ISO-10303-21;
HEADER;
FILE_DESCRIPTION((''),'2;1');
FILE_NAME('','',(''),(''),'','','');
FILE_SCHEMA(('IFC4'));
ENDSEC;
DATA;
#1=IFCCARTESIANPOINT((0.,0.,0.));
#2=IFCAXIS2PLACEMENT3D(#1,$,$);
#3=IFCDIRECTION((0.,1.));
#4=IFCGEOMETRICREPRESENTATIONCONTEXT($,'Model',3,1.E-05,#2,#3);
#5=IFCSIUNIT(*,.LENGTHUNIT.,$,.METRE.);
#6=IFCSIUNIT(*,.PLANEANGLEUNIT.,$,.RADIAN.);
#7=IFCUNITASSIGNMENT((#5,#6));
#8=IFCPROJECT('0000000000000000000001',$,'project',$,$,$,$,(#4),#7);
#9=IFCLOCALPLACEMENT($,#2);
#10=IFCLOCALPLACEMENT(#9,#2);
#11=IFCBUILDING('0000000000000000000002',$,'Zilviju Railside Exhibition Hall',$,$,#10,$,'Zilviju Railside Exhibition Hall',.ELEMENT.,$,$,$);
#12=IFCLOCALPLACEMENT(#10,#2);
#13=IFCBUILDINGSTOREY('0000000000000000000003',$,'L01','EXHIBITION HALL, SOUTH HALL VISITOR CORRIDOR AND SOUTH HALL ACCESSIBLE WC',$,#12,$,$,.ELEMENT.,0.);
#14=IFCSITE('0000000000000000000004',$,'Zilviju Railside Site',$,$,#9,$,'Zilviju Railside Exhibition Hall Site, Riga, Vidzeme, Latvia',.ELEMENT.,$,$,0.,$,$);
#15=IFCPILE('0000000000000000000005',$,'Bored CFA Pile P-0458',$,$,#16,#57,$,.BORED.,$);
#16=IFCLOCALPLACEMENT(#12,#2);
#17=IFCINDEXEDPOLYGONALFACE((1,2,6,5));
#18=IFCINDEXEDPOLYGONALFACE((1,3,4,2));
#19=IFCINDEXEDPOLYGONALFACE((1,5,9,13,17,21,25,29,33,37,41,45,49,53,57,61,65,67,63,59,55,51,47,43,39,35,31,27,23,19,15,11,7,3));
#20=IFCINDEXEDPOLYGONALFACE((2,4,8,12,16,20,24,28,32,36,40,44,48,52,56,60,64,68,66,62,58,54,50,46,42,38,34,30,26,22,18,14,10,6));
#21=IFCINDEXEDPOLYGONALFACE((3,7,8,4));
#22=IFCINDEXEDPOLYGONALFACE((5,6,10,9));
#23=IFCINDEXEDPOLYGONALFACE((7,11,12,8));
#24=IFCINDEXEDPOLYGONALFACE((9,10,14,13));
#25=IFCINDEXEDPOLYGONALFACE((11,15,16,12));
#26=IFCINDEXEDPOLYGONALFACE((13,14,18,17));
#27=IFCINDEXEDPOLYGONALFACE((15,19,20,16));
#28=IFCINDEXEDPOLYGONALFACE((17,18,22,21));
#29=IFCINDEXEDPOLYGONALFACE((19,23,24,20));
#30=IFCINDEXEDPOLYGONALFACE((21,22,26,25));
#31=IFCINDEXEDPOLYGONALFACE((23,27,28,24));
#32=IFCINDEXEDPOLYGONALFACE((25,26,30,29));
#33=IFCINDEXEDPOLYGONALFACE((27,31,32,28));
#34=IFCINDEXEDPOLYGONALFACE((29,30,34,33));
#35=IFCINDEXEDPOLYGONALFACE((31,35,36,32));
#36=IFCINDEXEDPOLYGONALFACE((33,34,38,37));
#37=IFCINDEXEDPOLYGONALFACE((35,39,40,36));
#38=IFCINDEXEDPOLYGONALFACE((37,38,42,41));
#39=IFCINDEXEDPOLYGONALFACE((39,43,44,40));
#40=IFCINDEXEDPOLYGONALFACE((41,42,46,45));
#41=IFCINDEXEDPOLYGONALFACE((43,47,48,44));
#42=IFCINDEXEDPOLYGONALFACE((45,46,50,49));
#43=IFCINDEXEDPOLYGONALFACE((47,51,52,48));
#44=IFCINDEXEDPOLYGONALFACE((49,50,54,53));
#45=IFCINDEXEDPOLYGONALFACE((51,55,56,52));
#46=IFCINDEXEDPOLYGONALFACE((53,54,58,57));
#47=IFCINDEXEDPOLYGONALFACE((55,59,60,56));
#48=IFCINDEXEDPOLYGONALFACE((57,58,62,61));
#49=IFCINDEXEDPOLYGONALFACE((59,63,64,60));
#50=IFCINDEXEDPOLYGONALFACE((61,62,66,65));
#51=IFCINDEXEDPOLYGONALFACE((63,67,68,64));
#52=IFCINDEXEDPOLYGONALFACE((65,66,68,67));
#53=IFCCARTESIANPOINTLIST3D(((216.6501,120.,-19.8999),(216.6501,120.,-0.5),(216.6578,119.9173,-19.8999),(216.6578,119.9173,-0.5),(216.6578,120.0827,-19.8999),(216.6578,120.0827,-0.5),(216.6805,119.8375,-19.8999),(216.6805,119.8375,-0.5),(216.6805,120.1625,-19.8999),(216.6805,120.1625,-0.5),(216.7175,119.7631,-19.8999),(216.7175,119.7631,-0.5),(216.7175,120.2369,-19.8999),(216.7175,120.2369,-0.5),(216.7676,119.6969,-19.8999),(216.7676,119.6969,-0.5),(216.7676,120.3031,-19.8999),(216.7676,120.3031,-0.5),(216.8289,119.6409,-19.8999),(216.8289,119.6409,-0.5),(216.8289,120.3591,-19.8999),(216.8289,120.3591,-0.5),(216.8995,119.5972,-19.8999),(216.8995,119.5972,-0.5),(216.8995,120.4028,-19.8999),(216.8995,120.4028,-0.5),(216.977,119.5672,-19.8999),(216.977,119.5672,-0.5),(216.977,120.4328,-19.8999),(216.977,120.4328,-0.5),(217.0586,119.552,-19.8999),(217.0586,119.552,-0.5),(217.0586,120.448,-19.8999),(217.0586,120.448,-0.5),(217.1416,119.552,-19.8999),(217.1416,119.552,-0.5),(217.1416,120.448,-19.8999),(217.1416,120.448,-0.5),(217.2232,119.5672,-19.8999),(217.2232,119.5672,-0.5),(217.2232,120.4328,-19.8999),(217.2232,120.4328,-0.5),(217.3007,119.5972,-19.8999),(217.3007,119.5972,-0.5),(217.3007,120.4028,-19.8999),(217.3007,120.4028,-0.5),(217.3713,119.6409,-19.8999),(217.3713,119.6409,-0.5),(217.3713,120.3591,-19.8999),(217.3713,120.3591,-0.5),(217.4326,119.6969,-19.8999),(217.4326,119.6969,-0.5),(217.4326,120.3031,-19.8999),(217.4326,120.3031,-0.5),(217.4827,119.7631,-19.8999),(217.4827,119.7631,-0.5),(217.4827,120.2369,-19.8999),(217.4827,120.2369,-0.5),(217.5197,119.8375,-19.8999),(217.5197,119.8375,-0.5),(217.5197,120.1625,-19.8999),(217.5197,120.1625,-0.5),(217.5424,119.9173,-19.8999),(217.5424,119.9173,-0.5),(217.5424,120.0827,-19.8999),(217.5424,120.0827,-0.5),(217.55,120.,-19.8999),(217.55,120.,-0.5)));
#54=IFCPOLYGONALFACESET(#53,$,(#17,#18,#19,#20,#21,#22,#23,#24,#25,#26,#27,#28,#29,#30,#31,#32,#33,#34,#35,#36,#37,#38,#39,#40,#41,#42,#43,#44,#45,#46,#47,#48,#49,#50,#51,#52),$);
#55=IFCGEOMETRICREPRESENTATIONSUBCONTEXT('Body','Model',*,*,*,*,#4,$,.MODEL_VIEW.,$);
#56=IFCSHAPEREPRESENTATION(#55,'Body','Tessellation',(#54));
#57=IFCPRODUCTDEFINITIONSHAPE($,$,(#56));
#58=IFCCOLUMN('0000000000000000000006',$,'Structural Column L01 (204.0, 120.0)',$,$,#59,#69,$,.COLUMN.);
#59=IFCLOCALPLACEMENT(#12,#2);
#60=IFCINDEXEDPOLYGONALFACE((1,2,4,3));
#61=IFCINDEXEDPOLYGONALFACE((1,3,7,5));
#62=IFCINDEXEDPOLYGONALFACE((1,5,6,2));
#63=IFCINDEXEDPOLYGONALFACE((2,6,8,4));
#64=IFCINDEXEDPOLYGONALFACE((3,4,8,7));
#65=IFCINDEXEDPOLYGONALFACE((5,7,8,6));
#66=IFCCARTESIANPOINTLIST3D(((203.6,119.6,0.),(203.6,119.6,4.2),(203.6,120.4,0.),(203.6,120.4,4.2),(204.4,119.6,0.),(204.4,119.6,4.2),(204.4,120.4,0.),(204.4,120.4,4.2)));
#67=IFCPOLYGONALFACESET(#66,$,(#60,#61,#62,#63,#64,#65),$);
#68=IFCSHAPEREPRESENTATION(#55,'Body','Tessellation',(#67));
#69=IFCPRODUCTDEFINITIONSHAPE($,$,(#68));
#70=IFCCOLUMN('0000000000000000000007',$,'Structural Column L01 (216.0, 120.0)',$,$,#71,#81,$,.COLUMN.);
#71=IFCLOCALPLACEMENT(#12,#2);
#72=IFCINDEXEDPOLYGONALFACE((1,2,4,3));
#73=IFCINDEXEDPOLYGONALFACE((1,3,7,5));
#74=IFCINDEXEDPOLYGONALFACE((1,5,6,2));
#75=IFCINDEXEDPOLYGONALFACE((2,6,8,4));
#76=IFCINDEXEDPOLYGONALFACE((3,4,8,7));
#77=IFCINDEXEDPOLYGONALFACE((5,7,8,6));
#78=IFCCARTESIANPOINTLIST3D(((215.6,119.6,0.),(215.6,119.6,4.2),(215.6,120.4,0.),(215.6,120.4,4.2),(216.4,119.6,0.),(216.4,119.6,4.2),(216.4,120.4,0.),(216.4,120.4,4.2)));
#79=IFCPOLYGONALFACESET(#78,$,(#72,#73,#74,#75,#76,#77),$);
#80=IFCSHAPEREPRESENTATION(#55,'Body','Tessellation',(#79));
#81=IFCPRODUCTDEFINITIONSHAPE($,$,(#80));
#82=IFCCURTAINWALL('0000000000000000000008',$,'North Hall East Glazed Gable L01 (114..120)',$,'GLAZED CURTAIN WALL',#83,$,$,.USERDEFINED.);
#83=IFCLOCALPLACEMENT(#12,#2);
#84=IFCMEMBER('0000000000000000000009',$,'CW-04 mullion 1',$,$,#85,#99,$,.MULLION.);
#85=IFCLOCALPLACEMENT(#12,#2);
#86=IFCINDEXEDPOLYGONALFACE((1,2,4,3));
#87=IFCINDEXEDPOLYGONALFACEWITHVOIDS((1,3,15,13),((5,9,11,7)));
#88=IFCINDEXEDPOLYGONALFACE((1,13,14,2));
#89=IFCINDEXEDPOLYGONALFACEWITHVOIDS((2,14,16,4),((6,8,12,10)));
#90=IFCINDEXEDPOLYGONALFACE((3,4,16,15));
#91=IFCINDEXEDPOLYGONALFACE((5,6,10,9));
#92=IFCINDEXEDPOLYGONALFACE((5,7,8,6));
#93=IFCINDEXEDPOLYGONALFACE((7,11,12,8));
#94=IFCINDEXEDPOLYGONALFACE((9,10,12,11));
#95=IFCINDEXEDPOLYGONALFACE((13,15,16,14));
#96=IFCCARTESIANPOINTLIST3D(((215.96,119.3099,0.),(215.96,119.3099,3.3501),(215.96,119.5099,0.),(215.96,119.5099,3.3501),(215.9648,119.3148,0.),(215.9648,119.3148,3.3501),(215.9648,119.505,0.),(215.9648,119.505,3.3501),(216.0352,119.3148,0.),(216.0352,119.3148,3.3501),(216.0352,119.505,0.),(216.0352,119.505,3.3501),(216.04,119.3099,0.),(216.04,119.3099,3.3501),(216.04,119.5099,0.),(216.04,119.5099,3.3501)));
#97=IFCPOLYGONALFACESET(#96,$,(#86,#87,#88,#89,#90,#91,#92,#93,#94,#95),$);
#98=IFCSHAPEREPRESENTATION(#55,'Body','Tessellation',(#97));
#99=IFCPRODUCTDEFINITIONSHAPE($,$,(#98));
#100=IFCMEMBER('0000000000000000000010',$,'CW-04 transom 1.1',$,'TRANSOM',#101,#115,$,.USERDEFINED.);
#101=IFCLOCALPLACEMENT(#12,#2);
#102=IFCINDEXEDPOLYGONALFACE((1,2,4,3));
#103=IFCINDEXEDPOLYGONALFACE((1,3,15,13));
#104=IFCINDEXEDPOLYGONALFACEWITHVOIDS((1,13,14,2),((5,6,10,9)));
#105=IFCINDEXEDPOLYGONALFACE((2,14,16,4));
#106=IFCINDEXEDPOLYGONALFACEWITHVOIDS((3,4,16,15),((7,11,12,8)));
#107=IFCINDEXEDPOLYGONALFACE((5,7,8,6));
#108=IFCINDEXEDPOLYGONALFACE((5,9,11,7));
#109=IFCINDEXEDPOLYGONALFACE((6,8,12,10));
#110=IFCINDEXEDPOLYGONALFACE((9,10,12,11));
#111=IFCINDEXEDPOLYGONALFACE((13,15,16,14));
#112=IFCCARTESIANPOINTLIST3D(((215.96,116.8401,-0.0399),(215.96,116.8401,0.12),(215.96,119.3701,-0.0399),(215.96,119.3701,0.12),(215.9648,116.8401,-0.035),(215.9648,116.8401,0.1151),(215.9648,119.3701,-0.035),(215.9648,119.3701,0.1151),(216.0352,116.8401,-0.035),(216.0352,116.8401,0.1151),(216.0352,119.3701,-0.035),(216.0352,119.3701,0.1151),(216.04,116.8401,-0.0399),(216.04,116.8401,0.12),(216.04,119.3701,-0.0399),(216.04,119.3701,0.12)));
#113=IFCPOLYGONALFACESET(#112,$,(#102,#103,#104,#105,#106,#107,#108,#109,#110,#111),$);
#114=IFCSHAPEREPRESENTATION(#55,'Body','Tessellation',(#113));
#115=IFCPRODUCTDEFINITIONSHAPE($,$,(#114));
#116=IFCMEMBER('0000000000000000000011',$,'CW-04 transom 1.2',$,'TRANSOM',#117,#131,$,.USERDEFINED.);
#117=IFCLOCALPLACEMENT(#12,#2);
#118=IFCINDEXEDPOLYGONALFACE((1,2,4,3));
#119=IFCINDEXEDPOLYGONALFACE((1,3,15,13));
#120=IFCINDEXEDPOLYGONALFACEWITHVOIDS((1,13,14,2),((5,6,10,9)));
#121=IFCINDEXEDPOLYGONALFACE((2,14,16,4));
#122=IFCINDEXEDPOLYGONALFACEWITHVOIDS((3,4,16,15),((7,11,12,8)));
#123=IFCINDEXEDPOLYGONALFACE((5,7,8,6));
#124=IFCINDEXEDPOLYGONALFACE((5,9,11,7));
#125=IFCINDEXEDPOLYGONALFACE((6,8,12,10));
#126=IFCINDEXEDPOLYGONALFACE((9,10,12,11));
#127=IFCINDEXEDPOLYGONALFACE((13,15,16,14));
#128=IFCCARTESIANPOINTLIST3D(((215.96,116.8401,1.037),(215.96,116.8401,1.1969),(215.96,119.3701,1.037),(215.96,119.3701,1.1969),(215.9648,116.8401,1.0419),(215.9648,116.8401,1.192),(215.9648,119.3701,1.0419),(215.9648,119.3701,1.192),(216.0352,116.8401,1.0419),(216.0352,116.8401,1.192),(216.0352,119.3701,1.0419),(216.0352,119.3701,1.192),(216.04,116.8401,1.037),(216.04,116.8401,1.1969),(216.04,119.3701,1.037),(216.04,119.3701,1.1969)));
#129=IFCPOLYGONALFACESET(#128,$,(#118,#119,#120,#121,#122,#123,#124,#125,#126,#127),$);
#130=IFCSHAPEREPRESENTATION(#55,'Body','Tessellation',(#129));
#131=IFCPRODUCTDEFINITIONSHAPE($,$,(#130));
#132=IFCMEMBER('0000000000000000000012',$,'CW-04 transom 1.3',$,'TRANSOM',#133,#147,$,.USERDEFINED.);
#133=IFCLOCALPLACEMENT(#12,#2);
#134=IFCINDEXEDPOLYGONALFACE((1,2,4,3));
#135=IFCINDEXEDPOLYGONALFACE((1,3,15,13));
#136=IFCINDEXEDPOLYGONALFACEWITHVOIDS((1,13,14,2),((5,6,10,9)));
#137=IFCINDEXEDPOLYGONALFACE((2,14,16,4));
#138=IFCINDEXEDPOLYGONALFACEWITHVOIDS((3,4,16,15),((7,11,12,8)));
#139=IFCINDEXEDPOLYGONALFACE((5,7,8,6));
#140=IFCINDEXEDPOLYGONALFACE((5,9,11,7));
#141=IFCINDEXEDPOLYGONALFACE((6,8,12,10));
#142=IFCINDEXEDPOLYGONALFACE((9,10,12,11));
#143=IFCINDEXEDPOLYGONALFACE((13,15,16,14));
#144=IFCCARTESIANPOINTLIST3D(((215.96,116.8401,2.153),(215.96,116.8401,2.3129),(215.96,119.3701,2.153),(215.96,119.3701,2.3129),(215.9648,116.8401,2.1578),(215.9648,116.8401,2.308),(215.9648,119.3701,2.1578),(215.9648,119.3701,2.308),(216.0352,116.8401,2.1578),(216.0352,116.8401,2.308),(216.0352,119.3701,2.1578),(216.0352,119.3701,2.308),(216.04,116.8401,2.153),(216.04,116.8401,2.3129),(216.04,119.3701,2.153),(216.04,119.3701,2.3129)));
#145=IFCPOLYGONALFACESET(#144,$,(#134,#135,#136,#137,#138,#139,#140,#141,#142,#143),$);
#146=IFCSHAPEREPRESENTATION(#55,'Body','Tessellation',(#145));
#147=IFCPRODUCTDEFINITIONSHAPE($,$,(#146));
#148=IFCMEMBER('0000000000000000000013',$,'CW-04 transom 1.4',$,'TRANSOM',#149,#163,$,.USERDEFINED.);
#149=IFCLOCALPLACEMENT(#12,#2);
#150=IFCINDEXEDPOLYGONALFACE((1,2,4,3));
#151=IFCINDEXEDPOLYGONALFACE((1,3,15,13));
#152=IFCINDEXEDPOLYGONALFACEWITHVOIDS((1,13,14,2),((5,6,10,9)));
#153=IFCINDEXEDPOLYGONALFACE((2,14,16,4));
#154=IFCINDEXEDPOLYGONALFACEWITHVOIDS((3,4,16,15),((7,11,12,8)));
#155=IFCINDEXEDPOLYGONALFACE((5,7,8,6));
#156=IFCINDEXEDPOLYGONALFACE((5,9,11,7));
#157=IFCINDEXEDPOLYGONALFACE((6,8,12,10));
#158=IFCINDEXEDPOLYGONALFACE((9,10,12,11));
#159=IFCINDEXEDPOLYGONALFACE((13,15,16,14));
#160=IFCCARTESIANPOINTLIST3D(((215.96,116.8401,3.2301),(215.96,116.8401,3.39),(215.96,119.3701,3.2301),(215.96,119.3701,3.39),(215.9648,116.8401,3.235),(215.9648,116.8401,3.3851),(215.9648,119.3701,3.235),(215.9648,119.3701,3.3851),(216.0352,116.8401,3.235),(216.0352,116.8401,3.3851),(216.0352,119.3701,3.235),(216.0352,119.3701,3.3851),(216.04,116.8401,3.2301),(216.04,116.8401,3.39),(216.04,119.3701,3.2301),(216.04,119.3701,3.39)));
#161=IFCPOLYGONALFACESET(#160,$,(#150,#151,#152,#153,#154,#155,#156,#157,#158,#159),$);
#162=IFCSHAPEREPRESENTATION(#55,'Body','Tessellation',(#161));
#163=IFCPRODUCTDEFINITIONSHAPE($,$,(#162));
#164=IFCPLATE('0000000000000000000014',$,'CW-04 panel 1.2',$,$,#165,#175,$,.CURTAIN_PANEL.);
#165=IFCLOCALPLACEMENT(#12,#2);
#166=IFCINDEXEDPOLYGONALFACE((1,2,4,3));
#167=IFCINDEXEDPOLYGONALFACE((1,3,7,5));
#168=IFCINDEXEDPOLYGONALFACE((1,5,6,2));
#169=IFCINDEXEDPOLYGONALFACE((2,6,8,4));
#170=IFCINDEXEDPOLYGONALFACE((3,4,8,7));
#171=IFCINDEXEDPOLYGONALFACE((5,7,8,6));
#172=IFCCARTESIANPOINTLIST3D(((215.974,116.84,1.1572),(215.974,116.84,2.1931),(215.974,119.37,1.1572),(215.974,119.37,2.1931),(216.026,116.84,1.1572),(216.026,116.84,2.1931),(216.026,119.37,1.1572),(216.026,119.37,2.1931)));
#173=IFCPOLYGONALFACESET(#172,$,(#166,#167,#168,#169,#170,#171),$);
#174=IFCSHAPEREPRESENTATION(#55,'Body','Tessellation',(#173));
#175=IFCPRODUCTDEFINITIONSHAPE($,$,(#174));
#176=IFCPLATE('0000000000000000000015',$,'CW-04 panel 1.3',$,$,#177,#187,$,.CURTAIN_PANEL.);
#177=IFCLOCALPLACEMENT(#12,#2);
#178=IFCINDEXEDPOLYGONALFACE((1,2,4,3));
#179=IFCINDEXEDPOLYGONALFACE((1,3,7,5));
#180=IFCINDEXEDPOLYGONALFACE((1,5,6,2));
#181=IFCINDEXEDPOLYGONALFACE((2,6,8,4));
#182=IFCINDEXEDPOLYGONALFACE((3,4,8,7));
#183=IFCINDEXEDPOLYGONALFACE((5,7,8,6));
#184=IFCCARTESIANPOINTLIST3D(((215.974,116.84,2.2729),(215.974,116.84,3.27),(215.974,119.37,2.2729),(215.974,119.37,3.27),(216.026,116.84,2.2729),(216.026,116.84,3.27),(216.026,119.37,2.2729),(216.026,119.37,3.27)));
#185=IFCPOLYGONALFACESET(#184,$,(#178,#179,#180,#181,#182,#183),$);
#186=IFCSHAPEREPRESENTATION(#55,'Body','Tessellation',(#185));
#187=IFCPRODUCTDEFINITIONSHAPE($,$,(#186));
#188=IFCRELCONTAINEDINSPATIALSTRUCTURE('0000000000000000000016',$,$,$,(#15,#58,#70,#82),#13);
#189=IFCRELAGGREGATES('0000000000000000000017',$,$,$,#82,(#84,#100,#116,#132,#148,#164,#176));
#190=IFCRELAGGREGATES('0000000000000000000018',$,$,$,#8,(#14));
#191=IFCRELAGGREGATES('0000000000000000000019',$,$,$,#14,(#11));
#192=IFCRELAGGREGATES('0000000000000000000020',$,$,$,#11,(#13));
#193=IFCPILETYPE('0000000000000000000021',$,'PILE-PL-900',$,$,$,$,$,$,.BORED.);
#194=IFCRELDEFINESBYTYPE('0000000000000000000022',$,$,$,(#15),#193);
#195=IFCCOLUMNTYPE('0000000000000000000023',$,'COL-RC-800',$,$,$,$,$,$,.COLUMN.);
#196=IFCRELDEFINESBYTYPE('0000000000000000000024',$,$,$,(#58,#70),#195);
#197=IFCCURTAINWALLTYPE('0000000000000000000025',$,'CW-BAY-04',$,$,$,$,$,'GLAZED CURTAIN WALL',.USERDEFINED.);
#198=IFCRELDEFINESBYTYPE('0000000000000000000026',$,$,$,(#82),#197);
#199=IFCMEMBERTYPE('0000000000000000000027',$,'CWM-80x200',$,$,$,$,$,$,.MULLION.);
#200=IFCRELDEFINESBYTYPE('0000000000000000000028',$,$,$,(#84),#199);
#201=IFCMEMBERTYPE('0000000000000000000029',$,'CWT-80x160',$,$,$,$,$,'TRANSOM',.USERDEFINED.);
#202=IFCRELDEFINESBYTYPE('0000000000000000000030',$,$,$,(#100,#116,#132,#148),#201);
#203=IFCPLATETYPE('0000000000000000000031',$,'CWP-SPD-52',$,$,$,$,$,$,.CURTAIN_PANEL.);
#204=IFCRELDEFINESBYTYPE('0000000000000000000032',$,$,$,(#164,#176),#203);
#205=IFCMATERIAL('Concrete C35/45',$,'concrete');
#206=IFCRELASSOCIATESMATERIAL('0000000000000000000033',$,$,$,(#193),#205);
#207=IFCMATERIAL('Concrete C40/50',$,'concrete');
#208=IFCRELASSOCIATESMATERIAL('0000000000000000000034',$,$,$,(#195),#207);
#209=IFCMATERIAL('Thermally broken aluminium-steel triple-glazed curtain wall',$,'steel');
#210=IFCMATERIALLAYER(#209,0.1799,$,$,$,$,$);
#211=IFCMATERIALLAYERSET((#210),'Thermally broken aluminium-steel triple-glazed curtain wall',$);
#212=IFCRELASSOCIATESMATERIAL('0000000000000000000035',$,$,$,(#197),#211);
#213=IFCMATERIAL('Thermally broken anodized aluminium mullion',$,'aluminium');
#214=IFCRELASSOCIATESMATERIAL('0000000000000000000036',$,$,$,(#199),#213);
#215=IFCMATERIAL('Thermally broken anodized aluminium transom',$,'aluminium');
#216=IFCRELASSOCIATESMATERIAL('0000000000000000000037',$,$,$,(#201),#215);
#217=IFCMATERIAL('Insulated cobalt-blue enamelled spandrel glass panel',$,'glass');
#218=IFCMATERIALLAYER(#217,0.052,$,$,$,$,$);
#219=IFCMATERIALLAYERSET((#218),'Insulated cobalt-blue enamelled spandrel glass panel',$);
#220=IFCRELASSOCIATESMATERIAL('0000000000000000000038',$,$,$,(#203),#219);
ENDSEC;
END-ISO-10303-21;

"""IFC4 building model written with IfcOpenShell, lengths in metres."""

from ifc_helpers import new_model, si_unit, direction, frame, origin, origin_2d, place, context, subcontext, project, spatial, rectangle, hollow_rectangle, circle, extrude, material, layer, layer_set, material_profile, profile_set, type_object, element, aggregate, save


model = new_model("IFC4")

# Units and contexts
model_context = context("Model", 3, precision=1e-05, world=origin(), true_north=direction((0.0, 1.0)))
body_context = subcontext(model_context, "Body", "Model", "MODEL_VIEW")
ifc_project = project(units=[si_unit("LENGTHUNIT", "METRE"), si_unit("PLANEANGLEUNIT", "RADIAN")], contexts=[model_context])

# Site, building, storey
site_placement = place(None, origin())
site = spatial("IfcSite", under=ifc_project, at=site_placement, Name="Zilviju Railside Site", LongName="Zilviju Railside Exhibition Hall Site, Riga, Vidzeme, Latvia", CompositionType="ELEMENT", RefElevation=0.0)
building_placement = place(site_placement, origin())
building = spatial("IfcBuilding", under=site, at=building_placement, Name="Zilviju Railside Exhibition Hall", LongName="Zilviju Railside Exhibition Hall", CompositionType="ELEMENT")
storey_placement = place(building_placement, origin())
storey = spatial("IfcBuildingStorey", under=building, at=storey_placement, Name="L01", Description="EXHIBITION HALL, SOUTH HALL VISITOR CORRIDOR AND SOUTH HALL ACCESSIBLE WC", CompositionType="ELEMENT", Elevation=0.0)

# Shared definitions
ifc_material_1 = material(Name="Concrete C35/45", Category="concrete")

# Pile
ifc_material_profile_1 = material_profile(ifc_material_1, circle(Radius=0.45, at=origin_2d()), Name="CFA PILE D900")
ifc_profile_set_1 = profile_set([ifc_material_profile_1], Name="Concrete C35/45")
pile_type = type_object("IfcPileType", Name="PILE-PL-900", PredefinedType="BORED", material=ifc_profile_set_1)
for number, where, z_axis, x_axis, name in (
    (1, (217.1001, 120.0, -0.5), (0.0, 0.0, -1.0), (1.0, 0.0, 0.0), "Bored CFA Pile P-0458"),
):
    element("IfcPile", number, at=place(storey_placement, frame(where, z_axis=z_axis, x_axis=x_axis)), inside=storey, type_object=pile_type, Name=name, PredefinedType="BORED", context=body_context, shape_type="SweptSolid", body=[
        extrude(circle(Radius=0.45, at=origin_2d()), origin(), (0.0, 0.0, 1.0), 19.3999),
    ])

# Columns
ifc_material_2 = material(Name="Concrete C40/50", Category="concrete")
ifc_material_profile_2 = material_profile(ifc_material_2, rectangle(XDim=0.8, YDim=0.8, at=origin_2d()), Name="RC COL 800x800")
ifc_profile_set_2 = profile_set([ifc_material_profile_2], Name="Concrete C40/50")
column_type = type_object("IfcColumnType", Name="COL-RC-800", PredefinedType="COLUMN", material=ifc_profile_set_2)
for number, where, z_axis, x_axis, name in (
    (2, (204.0, 120.0, 0.0), (0.0, 0.0, 1.0), (1.0, 0.0, 0.0), "Structural Column L01 (204.0, 120.0)"),
    (3, (216.0, 120.0, 0.0), (0.0, 0.0, 1.0), (1.0, 0.0, 0.0), "Structural Column L01 (216.0, 120.0)"),
):
    element("IfcColumn", number, at=place(storey_placement, frame(where, z_axis=z_axis, x_axis=x_axis)), inside=storey, type_object=column_type, Name=name, PredefinedType="COLUMN", context=body_context, shape_type="SweptSolid", body=[
        extrude(rectangle(XDim=0.8, YDim=0.8, at=origin_2d()), origin(), (0.0, 0.0, 1.0), 4.2),
    ])

# Curtain wall, members, plates
ifc_material_3 = material(Name="Thermally broken aluminium-steel triple-glazed curtain wall", Category="steel")
ifc_layer_1 = layer(ifc_material_3, 0.1799)
ifc_layer_set_1 = layer_set([ifc_layer_1], Name="Thermally broken aluminium-steel triple-glazed curtain wall")
curtain_wall_type = type_object("IfcCurtainWallType", Name="CW-BAY-04", ElementType="GLAZED CURTAIN WALL", PredefinedType="USERDEFINED", material=ifc_layer_set_1)
curtain_wall_placement = place(storey_placement, origin())
curtain_wall = element("IfcCurtainWall", 4, at=curtain_wall_placement, inside=storey, type_object=curtain_wall_type, Name="North Hall East Glazed Gable L01 (114..120)", ObjectType="GLAZED CURTAIN WALL", PredefinedType="USERDEFINED")
ifc_material_4 = material(Name="Thermally broken anodized aluminium mullion", Category="aluminium")
ifc_material_profile_3 = material_profile(ifc_material_4, hollow_rectangle(XDim=0.0801, YDim=0.2, WallThickness=0.0049, at=origin_2d()), Name="MULLION 200x80x5")
ifc_profile_set_3 = profile_set([ifc_material_profile_3], Name="Thermally broken anodized aluminium mullion")
member_type_1 = type_object("IfcMemberType", Name="CWM-80x200", PredefinedType="MULLION", material=ifc_profile_set_3)
member_1_placement = place(storey_placement, frame((216.0, 119.4099, 0.0), z_axis=(0.0, 0.0, 1.0), x_axis=(1.0, 0.0, 0.0)))
member_1 = element("IfcMember", 5, at=member_1_placement, type_object=member_type_1, Name="CW-04 mullion 1", PredefinedType="MULLION", context=body_context, shape_type="SweptSolid", body=[
    extrude(hollow_rectangle(XDim=0.0801, YDim=0.2, WallThickness=0.0049, at=origin_2d()), origin(), (0.0, 0.0, 1.0), 3.3501),
])
ifc_material_5 = material(Name="Thermally broken anodized aluminium transom", Category="aluminium")
ifc_material_profile_4 = material_profile(ifc_material_5, hollow_rectangle(XDim=0.0801, YDim=0.1599, WallThickness=0.0049, at=origin_2d()), Name="TRANSOM 160x80x5")
ifc_profile_set_4 = profile_set([ifc_material_profile_4], Name="Thermally broken anodized aluminium transom")
member_type_2 = type_object("IfcMemberType", Name="CWT-80x160", ElementType="TRANSOM", PredefinedType="USERDEFINED", material=ifc_profile_set_4)
member_2_placement = place(storey_placement, frame((216.0, 119.3701, 0.04), z_axis=(0.0, -1.0, 0.0), x_axis=(1.0, 0.0, 0.0)))
member_2 = element("IfcMember", 6, at=member_2_placement, type_object=member_type_2, Name="CW-04 transom 1.1", ObjectType="TRANSOM", PredefinedType="USERDEFINED", context=body_context, shape_type="SweptSolid", body=[
    extrude(hollow_rectangle(XDim=0.0801, YDim=0.1599, WallThickness=0.0049, at=origin_2d()), origin(), (0.0, 0.0, 1.0), 2.53),
])
member_3_placement = place(storey_placement, frame((216.0, 119.3701, 1.1169), z_axis=(0.0, -1.0, 0.0), x_axis=(1.0, 0.0, 0.0)))
member_3 = element("IfcMember", 7, at=member_3_placement, type_object=member_type_2, Name="CW-04 transom 1.2", ObjectType="TRANSOM", PredefinedType="USERDEFINED", context=body_context, shape_type="SweptSolid", body=[
    extrude(hollow_rectangle(XDim=0.0801, YDim=0.1599, WallThickness=0.0049, at=origin_2d()), origin(), (0.0, 0.0, 1.0), 2.53),
])
member_4_placement = place(storey_placement, frame((216.0, 119.3701, 2.2329), z_axis=(0.0, -1.0, 0.0), x_axis=(1.0, 0.0, 0.0)))
member_4 = element("IfcMember", 8, at=member_4_placement, type_object=member_type_2, Name="CW-04 transom 1.3", ObjectType="TRANSOM", PredefinedType="USERDEFINED", context=body_context, shape_type="SweptSolid", body=[
    extrude(hollow_rectangle(XDim=0.0801, YDim=0.1599, WallThickness=0.0049, at=origin_2d()), origin(), (0.0, 0.0, 1.0), 2.53),
])
member_5_placement = place(storey_placement, frame((216.0, 119.3701, 3.3101), z_axis=(0.0, -1.0, 0.0), x_axis=(1.0, 0.0, 0.0)))
member_5 = element("IfcMember", 9, at=member_5_placement, type_object=member_type_2, Name="CW-04 transom 1.4", ObjectType="TRANSOM", PredefinedType="USERDEFINED", context=body_context, shape_type="SweptSolid", body=[
    extrude(hollow_rectangle(XDim=0.0801, YDim=0.1599, WallThickness=0.0049, at=origin_2d()), origin(), (0.0, 0.0, 1.0), 2.53),
])
ifc_material_6 = material(Name="Insulated cobalt-blue enamelled spandrel glass panel", Category="glass")
ifc_layer_2 = layer(ifc_material_6, 0.052)
ifc_layer_set_2 = layer_set([ifc_layer_2], Name="Insulated cobalt-blue enamelled spandrel glass panel")
plate_type = type_object("IfcPlateType", Name="CWP-SPD-52", PredefinedType="CURTAIN_PANEL", material=ifc_layer_set_2)
plate_1_placement = place(storey_placement, frame((216.0, 118.105, 1.1572), z_axis=(0.0, 0.0, 1.0), x_axis=(0.0, -1.0, 0.0)))
plate_1 = element("IfcPlate", 10, at=plate_1_placement, type_object=plate_type, Name="CW-04 panel 1.2", PredefinedType="CURTAIN_PANEL", context=body_context, shape_type="SweptSolid", body=[
    extrude(rectangle(XDim=2.53, YDim=0.052, at=origin_2d()), origin(), (0.0, 0.0, 1.0), 1.0359),
])
plate_2_placement = place(storey_placement, frame((216.0, 118.105, 2.2729), z_axis=(0.0, 0.0, 1.0), x_axis=(0.0, -1.0, 0.0)))
plate_2 = element("IfcPlate", 11, at=plate_2_placement, type_object=plate_type, Name="CW-04 panel 1.3", PredefinedType="CURTAIN_PANEL", context=body_context, shape_type="SweptSolid", body=[
    extrude(rectangle(XDim=2.53, YDim=0.052, at=origin_2d()), origin(), (0.0, 0.0, 1.0), 0.9971),
])
aggregate(curtain_wall, [member_1, member_2, member_3, member_4, member_5, plate_1, plate_2])

save(model, "model.ifc")
